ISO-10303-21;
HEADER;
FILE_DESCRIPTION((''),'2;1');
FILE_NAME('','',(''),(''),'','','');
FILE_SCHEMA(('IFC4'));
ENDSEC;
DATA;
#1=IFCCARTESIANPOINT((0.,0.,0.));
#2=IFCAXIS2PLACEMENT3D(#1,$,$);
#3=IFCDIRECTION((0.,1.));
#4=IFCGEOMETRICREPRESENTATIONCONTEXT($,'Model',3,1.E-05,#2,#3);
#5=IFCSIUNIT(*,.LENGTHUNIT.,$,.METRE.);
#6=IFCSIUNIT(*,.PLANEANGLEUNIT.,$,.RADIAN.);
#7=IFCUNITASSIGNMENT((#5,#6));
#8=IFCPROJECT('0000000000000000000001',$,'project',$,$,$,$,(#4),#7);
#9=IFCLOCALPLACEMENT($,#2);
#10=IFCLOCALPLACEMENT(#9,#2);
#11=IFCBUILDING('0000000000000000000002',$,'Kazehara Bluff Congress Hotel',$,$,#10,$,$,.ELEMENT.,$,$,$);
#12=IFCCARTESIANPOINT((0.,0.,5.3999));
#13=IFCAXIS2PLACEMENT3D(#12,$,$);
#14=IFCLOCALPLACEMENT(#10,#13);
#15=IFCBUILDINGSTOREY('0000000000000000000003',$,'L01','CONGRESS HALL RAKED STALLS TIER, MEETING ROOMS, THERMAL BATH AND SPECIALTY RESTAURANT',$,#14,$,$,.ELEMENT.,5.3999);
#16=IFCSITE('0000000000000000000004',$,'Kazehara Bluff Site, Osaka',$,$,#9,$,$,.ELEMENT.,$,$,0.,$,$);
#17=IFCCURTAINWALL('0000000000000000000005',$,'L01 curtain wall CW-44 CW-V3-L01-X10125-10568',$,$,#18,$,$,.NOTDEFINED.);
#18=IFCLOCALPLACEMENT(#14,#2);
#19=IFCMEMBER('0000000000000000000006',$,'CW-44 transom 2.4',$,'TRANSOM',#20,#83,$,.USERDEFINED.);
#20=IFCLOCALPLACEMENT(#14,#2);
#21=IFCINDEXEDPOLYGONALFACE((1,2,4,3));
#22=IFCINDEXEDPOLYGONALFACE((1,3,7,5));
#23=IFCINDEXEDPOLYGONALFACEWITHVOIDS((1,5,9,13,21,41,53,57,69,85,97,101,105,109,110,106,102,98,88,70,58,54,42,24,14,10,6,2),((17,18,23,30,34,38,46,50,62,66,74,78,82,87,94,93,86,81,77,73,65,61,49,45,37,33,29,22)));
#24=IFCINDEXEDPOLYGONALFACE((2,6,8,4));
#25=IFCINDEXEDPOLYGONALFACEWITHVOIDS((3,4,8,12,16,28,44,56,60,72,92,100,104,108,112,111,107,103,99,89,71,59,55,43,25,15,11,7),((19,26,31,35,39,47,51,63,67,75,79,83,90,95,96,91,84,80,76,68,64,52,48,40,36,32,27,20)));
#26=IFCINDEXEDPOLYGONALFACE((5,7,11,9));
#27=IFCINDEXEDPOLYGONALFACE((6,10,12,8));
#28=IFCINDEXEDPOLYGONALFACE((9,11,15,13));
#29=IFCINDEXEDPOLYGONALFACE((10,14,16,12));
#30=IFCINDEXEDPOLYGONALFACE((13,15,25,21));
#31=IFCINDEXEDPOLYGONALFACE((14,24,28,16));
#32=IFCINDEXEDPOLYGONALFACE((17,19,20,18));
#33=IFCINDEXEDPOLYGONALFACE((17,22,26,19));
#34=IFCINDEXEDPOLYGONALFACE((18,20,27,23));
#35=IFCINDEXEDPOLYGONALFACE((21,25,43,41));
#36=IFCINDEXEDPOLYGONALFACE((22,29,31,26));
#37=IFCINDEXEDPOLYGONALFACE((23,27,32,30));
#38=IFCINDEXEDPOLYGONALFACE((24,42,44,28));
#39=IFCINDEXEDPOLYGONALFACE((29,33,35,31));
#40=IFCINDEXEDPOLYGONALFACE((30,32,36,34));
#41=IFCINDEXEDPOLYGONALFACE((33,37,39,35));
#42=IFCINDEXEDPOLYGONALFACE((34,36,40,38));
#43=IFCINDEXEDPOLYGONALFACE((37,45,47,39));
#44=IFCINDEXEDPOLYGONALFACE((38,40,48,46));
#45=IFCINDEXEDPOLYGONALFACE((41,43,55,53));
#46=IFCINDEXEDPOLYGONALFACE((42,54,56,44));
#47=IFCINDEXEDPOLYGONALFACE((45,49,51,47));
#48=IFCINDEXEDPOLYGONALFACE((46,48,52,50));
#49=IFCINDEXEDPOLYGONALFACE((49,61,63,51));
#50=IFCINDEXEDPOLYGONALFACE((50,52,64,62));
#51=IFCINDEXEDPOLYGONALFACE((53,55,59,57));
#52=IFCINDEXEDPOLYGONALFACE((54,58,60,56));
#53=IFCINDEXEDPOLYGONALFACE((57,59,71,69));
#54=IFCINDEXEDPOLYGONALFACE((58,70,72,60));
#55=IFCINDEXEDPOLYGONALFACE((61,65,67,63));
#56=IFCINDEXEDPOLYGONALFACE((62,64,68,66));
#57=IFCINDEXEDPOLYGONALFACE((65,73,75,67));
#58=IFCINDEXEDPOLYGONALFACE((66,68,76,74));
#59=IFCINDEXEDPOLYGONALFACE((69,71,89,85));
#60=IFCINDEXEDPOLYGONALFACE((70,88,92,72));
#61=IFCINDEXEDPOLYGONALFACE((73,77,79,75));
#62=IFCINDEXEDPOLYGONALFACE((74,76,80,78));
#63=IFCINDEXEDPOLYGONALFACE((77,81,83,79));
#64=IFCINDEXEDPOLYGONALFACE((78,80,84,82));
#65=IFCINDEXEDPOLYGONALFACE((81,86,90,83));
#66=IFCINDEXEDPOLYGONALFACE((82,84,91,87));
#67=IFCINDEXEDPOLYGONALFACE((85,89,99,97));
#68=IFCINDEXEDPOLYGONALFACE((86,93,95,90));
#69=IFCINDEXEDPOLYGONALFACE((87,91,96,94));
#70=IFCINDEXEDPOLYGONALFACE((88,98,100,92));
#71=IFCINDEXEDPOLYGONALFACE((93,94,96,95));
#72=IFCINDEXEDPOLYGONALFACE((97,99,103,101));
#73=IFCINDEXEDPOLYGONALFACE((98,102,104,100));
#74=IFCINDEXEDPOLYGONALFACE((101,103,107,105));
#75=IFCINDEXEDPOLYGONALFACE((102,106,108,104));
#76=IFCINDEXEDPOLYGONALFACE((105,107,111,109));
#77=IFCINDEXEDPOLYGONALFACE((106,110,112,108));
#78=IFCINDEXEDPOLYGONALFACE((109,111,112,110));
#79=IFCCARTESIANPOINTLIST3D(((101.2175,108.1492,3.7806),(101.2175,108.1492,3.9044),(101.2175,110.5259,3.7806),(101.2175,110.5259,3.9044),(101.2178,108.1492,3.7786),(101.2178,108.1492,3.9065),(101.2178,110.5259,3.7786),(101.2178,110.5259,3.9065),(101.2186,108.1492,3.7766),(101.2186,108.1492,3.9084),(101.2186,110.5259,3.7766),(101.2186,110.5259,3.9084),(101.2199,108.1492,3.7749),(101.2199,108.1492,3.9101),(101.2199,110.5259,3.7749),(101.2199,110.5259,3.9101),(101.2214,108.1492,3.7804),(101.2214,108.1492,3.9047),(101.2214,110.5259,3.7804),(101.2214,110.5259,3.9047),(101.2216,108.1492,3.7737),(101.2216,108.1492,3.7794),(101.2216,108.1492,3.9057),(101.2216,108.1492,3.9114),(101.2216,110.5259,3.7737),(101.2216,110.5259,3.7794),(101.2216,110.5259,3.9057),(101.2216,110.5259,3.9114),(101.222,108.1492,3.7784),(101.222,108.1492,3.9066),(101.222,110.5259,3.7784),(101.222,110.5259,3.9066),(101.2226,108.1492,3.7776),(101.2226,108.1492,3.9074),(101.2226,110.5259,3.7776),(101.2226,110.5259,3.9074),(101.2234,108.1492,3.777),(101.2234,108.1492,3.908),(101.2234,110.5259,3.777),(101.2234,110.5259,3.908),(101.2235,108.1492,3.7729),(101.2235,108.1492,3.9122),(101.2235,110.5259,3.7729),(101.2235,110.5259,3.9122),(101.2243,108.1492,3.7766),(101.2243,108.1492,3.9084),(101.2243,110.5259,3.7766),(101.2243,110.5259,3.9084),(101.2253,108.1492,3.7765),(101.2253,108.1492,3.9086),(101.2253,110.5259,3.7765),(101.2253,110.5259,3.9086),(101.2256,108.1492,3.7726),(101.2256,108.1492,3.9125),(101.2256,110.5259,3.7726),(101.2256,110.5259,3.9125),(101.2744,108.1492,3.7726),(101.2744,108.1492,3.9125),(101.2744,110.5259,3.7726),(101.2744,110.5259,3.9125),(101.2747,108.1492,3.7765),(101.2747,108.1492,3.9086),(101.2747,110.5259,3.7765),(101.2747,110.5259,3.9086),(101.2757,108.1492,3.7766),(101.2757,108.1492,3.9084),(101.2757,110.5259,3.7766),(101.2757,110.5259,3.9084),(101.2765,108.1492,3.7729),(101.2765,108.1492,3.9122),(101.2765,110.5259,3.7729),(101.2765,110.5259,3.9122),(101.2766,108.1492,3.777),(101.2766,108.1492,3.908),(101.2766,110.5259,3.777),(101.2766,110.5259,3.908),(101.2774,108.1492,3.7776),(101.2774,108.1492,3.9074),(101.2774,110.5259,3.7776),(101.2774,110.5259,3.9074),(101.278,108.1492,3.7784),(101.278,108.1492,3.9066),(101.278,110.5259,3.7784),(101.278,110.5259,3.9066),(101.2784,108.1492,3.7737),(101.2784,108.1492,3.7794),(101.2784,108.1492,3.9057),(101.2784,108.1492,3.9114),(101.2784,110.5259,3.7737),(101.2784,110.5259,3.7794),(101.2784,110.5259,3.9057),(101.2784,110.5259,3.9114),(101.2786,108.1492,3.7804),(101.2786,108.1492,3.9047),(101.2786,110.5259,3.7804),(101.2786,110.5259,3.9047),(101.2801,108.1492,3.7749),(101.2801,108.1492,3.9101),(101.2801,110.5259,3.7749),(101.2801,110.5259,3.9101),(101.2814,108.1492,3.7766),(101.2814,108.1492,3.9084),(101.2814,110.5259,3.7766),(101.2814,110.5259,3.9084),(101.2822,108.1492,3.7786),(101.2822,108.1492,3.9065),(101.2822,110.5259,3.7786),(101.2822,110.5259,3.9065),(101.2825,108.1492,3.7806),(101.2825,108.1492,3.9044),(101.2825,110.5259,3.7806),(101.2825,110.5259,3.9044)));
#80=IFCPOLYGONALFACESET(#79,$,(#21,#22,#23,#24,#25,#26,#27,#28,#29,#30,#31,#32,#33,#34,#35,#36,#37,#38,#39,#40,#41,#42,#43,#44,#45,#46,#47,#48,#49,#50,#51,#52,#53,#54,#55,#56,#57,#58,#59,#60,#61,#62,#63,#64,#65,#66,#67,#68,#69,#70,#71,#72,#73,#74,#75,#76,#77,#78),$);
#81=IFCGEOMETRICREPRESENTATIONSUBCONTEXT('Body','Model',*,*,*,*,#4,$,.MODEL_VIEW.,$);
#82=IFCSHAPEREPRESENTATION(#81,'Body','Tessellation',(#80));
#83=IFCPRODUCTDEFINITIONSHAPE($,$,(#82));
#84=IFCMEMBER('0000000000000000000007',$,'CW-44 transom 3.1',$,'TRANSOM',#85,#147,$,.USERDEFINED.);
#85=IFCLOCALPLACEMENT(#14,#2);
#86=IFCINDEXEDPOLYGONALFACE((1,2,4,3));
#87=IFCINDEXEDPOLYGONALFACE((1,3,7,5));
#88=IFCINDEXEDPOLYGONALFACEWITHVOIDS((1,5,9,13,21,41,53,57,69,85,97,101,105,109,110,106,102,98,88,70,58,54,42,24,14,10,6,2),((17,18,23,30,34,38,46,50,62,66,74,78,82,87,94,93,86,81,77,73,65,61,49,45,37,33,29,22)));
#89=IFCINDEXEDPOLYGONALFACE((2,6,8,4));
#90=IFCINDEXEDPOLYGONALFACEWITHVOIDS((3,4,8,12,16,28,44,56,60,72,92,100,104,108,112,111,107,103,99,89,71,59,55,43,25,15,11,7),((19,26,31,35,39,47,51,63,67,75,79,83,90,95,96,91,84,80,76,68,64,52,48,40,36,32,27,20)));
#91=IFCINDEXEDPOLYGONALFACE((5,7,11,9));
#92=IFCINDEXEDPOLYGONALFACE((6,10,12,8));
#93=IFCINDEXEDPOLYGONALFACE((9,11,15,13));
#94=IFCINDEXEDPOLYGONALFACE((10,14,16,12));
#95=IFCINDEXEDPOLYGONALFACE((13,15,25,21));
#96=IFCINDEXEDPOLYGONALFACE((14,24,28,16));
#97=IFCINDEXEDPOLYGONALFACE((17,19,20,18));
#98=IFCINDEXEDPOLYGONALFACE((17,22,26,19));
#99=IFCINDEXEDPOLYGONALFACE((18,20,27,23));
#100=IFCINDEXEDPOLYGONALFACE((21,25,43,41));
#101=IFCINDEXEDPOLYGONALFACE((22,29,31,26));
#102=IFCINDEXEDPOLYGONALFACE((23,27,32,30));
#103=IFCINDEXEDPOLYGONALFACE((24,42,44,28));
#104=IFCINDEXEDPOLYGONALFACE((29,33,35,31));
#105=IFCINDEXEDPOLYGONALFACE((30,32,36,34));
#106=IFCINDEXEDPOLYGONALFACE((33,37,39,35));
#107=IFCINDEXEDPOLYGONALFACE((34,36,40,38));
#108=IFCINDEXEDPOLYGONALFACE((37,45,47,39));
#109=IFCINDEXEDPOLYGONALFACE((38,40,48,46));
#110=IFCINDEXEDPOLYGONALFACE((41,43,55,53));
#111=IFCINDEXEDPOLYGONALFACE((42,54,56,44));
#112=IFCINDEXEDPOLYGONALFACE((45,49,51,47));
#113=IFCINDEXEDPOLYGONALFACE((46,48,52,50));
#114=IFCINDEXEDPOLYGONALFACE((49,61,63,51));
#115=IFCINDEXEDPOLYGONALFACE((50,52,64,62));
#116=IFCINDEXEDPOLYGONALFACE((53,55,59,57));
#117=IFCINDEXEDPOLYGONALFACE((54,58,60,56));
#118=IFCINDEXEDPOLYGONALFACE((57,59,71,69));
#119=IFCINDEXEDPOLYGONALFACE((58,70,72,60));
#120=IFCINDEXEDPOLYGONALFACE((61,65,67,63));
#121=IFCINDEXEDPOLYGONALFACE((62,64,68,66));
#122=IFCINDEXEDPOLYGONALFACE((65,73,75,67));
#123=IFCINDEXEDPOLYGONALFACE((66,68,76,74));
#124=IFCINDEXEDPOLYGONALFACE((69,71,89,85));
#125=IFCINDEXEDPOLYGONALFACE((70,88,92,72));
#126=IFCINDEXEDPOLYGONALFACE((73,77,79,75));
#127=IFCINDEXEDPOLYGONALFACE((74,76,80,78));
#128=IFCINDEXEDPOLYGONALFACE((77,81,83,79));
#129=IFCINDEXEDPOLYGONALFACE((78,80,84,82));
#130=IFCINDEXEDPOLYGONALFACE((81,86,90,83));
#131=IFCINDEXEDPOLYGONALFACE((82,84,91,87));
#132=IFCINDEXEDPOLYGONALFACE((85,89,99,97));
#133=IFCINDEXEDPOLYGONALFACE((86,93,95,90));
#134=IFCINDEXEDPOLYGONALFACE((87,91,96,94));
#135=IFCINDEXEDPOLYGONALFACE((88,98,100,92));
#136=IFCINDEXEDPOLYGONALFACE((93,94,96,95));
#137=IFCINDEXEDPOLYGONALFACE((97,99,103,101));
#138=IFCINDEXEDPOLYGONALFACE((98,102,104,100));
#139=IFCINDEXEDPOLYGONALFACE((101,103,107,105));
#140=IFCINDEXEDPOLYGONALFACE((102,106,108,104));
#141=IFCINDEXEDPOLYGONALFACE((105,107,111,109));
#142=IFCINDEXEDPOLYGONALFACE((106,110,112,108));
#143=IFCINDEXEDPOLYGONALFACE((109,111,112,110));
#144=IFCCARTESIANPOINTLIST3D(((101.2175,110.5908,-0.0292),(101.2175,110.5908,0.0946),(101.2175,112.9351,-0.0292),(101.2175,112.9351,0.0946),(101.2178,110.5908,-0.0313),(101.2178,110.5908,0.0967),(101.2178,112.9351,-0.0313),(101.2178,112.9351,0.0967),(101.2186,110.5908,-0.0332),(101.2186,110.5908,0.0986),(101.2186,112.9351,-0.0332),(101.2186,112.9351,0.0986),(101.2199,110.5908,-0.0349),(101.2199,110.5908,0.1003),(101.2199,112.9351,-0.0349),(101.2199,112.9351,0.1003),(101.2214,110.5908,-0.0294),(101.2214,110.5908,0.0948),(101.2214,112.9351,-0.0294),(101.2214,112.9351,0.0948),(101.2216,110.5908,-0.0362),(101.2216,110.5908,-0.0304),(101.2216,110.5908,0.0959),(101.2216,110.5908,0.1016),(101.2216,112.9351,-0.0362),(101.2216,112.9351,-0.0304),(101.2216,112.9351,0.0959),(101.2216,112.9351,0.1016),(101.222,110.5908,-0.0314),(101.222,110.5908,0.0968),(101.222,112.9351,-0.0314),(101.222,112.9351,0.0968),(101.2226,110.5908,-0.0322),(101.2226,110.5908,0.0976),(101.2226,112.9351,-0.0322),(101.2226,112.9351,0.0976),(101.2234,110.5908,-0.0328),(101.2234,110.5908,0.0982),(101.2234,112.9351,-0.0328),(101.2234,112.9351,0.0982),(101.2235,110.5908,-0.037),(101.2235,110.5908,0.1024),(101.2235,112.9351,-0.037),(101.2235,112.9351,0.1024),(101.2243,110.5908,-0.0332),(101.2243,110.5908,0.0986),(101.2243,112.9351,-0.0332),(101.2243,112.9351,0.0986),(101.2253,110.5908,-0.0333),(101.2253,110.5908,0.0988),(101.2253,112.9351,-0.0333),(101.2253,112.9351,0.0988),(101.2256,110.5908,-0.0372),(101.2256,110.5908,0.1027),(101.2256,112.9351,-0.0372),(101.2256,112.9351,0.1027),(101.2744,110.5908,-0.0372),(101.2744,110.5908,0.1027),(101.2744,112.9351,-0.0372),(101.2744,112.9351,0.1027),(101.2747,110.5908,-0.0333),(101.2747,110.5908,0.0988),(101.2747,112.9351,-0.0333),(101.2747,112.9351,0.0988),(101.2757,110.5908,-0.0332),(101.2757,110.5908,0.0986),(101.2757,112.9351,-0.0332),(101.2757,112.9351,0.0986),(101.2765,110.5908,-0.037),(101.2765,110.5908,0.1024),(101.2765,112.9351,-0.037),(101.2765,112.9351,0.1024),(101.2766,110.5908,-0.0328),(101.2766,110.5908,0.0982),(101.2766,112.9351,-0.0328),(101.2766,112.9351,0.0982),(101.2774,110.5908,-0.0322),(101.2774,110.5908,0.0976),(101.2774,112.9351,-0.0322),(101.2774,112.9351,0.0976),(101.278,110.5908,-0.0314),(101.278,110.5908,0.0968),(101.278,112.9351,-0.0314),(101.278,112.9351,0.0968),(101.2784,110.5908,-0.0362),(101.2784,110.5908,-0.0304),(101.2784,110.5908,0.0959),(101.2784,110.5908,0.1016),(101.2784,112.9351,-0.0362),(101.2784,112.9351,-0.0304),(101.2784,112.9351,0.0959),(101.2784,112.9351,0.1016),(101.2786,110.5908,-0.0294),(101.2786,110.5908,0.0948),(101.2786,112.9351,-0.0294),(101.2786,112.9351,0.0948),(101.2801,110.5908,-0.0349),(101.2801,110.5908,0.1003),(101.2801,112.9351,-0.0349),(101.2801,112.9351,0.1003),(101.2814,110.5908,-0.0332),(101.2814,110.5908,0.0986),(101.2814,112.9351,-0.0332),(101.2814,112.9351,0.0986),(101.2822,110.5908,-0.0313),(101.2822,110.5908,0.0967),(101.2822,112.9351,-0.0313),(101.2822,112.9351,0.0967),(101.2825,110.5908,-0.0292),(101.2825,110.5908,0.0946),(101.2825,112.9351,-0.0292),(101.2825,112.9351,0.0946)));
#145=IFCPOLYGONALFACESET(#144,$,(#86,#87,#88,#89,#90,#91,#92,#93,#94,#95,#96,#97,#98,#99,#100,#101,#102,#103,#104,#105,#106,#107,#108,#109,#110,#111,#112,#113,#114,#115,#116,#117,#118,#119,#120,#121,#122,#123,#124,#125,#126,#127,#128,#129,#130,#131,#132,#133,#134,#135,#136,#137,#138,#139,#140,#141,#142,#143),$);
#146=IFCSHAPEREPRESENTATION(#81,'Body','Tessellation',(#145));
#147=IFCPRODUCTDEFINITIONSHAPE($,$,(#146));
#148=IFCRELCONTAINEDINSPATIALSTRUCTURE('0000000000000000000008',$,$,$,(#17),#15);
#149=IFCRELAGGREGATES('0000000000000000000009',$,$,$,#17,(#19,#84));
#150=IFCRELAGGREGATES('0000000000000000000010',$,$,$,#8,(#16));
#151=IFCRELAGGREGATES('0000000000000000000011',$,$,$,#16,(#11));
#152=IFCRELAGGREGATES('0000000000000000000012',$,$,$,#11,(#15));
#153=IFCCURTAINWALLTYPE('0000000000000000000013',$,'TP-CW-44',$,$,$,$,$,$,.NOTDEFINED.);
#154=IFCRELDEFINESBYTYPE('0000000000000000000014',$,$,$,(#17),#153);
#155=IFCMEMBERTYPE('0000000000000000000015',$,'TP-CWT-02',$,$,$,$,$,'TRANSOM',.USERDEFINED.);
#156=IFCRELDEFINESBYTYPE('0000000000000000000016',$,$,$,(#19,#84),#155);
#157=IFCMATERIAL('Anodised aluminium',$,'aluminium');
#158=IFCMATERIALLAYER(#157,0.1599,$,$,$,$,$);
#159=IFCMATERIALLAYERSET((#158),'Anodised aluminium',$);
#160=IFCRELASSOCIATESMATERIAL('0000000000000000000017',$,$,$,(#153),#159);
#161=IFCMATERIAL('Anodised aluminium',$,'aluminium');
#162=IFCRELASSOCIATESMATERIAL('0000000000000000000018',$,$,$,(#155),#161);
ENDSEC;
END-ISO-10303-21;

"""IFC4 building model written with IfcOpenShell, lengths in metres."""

from ifc_helpers import new_model, si_unit, direction, frame, origin, origin_2d, place, context, subcontext, project, spatial, hollow_rectangle, extrude, material, layer, layer_set, material_profile, profile_set, type_object, element, aggregate, save


model = new_model("IFC4")

# Units and contexts
model_context = context("Model", 3, precision=1e-05, world=origin(), true_north=direction((0.0, 1.0)))
body_context = subcontext(model_context, "Body", "Model", "MODEL_VIEW")
ifc_project = project(units=[si_unit("LENGTHUNIT", "METRE"), si_unit("PLANEANGLEUNIT", "RADIAN")], contexts=[model_context])

# Site, building, storey
site_placement = place(None, origin())
site = spatial("IfcSite", under=ifc_project, at=site_placement, Name="Kazehara Bluff Site, Osaka", CompositionType="ELEMENT", RefElevation=0.0)
building_placement = place(site_placement, origin())
building = spatial("IfcBuilding", under=site, at=building_placement, Name="Kazehara Bluff Congress Hotel", CompositionType="ELEMENT")
storey_placement = place(building_placement, frame((0.0, 0.0, 5.3999)))
storey = spatial("IfcBuildingStorey", under=building, at=storey_placement, Name="L01", Description="CONGRESS HALL RAKED STALLS TIER, MEETING ROOMS, THERMAL BATH AND SPECIALTY RESTAURANT", CompositionType="ELEMENT", Elevation=5.3999)

# Curtain wall, members
ifc_material_1 = material(Name="Anodised aluminium", Category="aluminium")
ifc_layer_1 = layer(ifc_material_1, 0.1599)
ifc_layer_set_1 = layer_set([ifc_layer_1], Name="Anodised aluminium")
curtain_wall_type = type_object("IfcCurtainWallType", Name="TP-CW-44", PredefinedType="NOTDEFINED", material=ifc_layer_set_1)
curtain_wall_placement = place(storey_placement, origin())
curtain_wall = element("IfcCurtainWall", 1, at=curtain_wall_placement, inside=storey, type_object=curtain_wall_type, Name="L01 curtain wall CW-44 CW-V3-L01-X10125-10568", PredefinedType="NOTDEFINED")
ifc_material_2 = material(Name="Anodised aluminium", Category="aluminium")
ifc_material_profile_1 = material_profile(ifc_material_2, hollow_rectangle(XDim=0.0649, YDim=0.1399, WallThickness=0.0039, InnerFilletRadius=0.0039, OuterFilletRadius=0.0081, at=origin_2d()))
ifc_profile_set_1 = profile_set([ifc_material_profile_1], Name="Anodised aluminium")
member_type_1 = type_object("IfcMemberType", Name="TP-CWT-02", ElementType="TRANSOM", PredefinedType="USERDEFINED", material=ifc_profile_set_1)
member_1_placement = place(storey_placement, frame((101.25, 108.1492, 3.8425), z_axis=(0.0, 1.0, 0.0), x_axis=(-1.0, 0.0, 0.0)))
member_1 = element("IfcMember", 2, at=member_1_placement, type_object=member_type_1, Name="CW-44 transom 2.4", ObjectType="TRANSOM", PredefinedType="USERDEFINED", context=body_context, shape_type="SweptSolid", body=[
    extrude(hollow_rectangle(XDim=0.0649, YDim=0.1399, WallThickness=0.0039, InnerFilletRadius=0.0039, OuterFilletRadius=0.0081, at=origin_2d()), origin(), (0.0, 0.0, 1.0), 2.3767),
])
member_2_placement = place(storey_placement, frame((101.25, 110.5908, 0.0327), z_axis=(0.0, 1.0, 0.0), x_axis=(-1.0, 0.0, 0.0)))
member_2 = element("IfcMember", 3, at=member_2_placement, type_object=member_type_1, Name="CW-44 transom 3.1", ObjectType="TRANSOM", PredefinedType="USERDEFINED", context=body_context, shape_type="SweptSolid", body=[
    extrude(hollow_rectangle(XDim=0.0649, YDim=0.1399, WallThickness=0.0039, InnerFilletRadius=0.0039, OuterFilletRadius=0.0081, at=origin_2d()), origin(), (0.0, 0.0, 1.0), 2.3442),
])

aggregate(curtain_wall, [member_1, member_2])

save(model, "model.ifc")
